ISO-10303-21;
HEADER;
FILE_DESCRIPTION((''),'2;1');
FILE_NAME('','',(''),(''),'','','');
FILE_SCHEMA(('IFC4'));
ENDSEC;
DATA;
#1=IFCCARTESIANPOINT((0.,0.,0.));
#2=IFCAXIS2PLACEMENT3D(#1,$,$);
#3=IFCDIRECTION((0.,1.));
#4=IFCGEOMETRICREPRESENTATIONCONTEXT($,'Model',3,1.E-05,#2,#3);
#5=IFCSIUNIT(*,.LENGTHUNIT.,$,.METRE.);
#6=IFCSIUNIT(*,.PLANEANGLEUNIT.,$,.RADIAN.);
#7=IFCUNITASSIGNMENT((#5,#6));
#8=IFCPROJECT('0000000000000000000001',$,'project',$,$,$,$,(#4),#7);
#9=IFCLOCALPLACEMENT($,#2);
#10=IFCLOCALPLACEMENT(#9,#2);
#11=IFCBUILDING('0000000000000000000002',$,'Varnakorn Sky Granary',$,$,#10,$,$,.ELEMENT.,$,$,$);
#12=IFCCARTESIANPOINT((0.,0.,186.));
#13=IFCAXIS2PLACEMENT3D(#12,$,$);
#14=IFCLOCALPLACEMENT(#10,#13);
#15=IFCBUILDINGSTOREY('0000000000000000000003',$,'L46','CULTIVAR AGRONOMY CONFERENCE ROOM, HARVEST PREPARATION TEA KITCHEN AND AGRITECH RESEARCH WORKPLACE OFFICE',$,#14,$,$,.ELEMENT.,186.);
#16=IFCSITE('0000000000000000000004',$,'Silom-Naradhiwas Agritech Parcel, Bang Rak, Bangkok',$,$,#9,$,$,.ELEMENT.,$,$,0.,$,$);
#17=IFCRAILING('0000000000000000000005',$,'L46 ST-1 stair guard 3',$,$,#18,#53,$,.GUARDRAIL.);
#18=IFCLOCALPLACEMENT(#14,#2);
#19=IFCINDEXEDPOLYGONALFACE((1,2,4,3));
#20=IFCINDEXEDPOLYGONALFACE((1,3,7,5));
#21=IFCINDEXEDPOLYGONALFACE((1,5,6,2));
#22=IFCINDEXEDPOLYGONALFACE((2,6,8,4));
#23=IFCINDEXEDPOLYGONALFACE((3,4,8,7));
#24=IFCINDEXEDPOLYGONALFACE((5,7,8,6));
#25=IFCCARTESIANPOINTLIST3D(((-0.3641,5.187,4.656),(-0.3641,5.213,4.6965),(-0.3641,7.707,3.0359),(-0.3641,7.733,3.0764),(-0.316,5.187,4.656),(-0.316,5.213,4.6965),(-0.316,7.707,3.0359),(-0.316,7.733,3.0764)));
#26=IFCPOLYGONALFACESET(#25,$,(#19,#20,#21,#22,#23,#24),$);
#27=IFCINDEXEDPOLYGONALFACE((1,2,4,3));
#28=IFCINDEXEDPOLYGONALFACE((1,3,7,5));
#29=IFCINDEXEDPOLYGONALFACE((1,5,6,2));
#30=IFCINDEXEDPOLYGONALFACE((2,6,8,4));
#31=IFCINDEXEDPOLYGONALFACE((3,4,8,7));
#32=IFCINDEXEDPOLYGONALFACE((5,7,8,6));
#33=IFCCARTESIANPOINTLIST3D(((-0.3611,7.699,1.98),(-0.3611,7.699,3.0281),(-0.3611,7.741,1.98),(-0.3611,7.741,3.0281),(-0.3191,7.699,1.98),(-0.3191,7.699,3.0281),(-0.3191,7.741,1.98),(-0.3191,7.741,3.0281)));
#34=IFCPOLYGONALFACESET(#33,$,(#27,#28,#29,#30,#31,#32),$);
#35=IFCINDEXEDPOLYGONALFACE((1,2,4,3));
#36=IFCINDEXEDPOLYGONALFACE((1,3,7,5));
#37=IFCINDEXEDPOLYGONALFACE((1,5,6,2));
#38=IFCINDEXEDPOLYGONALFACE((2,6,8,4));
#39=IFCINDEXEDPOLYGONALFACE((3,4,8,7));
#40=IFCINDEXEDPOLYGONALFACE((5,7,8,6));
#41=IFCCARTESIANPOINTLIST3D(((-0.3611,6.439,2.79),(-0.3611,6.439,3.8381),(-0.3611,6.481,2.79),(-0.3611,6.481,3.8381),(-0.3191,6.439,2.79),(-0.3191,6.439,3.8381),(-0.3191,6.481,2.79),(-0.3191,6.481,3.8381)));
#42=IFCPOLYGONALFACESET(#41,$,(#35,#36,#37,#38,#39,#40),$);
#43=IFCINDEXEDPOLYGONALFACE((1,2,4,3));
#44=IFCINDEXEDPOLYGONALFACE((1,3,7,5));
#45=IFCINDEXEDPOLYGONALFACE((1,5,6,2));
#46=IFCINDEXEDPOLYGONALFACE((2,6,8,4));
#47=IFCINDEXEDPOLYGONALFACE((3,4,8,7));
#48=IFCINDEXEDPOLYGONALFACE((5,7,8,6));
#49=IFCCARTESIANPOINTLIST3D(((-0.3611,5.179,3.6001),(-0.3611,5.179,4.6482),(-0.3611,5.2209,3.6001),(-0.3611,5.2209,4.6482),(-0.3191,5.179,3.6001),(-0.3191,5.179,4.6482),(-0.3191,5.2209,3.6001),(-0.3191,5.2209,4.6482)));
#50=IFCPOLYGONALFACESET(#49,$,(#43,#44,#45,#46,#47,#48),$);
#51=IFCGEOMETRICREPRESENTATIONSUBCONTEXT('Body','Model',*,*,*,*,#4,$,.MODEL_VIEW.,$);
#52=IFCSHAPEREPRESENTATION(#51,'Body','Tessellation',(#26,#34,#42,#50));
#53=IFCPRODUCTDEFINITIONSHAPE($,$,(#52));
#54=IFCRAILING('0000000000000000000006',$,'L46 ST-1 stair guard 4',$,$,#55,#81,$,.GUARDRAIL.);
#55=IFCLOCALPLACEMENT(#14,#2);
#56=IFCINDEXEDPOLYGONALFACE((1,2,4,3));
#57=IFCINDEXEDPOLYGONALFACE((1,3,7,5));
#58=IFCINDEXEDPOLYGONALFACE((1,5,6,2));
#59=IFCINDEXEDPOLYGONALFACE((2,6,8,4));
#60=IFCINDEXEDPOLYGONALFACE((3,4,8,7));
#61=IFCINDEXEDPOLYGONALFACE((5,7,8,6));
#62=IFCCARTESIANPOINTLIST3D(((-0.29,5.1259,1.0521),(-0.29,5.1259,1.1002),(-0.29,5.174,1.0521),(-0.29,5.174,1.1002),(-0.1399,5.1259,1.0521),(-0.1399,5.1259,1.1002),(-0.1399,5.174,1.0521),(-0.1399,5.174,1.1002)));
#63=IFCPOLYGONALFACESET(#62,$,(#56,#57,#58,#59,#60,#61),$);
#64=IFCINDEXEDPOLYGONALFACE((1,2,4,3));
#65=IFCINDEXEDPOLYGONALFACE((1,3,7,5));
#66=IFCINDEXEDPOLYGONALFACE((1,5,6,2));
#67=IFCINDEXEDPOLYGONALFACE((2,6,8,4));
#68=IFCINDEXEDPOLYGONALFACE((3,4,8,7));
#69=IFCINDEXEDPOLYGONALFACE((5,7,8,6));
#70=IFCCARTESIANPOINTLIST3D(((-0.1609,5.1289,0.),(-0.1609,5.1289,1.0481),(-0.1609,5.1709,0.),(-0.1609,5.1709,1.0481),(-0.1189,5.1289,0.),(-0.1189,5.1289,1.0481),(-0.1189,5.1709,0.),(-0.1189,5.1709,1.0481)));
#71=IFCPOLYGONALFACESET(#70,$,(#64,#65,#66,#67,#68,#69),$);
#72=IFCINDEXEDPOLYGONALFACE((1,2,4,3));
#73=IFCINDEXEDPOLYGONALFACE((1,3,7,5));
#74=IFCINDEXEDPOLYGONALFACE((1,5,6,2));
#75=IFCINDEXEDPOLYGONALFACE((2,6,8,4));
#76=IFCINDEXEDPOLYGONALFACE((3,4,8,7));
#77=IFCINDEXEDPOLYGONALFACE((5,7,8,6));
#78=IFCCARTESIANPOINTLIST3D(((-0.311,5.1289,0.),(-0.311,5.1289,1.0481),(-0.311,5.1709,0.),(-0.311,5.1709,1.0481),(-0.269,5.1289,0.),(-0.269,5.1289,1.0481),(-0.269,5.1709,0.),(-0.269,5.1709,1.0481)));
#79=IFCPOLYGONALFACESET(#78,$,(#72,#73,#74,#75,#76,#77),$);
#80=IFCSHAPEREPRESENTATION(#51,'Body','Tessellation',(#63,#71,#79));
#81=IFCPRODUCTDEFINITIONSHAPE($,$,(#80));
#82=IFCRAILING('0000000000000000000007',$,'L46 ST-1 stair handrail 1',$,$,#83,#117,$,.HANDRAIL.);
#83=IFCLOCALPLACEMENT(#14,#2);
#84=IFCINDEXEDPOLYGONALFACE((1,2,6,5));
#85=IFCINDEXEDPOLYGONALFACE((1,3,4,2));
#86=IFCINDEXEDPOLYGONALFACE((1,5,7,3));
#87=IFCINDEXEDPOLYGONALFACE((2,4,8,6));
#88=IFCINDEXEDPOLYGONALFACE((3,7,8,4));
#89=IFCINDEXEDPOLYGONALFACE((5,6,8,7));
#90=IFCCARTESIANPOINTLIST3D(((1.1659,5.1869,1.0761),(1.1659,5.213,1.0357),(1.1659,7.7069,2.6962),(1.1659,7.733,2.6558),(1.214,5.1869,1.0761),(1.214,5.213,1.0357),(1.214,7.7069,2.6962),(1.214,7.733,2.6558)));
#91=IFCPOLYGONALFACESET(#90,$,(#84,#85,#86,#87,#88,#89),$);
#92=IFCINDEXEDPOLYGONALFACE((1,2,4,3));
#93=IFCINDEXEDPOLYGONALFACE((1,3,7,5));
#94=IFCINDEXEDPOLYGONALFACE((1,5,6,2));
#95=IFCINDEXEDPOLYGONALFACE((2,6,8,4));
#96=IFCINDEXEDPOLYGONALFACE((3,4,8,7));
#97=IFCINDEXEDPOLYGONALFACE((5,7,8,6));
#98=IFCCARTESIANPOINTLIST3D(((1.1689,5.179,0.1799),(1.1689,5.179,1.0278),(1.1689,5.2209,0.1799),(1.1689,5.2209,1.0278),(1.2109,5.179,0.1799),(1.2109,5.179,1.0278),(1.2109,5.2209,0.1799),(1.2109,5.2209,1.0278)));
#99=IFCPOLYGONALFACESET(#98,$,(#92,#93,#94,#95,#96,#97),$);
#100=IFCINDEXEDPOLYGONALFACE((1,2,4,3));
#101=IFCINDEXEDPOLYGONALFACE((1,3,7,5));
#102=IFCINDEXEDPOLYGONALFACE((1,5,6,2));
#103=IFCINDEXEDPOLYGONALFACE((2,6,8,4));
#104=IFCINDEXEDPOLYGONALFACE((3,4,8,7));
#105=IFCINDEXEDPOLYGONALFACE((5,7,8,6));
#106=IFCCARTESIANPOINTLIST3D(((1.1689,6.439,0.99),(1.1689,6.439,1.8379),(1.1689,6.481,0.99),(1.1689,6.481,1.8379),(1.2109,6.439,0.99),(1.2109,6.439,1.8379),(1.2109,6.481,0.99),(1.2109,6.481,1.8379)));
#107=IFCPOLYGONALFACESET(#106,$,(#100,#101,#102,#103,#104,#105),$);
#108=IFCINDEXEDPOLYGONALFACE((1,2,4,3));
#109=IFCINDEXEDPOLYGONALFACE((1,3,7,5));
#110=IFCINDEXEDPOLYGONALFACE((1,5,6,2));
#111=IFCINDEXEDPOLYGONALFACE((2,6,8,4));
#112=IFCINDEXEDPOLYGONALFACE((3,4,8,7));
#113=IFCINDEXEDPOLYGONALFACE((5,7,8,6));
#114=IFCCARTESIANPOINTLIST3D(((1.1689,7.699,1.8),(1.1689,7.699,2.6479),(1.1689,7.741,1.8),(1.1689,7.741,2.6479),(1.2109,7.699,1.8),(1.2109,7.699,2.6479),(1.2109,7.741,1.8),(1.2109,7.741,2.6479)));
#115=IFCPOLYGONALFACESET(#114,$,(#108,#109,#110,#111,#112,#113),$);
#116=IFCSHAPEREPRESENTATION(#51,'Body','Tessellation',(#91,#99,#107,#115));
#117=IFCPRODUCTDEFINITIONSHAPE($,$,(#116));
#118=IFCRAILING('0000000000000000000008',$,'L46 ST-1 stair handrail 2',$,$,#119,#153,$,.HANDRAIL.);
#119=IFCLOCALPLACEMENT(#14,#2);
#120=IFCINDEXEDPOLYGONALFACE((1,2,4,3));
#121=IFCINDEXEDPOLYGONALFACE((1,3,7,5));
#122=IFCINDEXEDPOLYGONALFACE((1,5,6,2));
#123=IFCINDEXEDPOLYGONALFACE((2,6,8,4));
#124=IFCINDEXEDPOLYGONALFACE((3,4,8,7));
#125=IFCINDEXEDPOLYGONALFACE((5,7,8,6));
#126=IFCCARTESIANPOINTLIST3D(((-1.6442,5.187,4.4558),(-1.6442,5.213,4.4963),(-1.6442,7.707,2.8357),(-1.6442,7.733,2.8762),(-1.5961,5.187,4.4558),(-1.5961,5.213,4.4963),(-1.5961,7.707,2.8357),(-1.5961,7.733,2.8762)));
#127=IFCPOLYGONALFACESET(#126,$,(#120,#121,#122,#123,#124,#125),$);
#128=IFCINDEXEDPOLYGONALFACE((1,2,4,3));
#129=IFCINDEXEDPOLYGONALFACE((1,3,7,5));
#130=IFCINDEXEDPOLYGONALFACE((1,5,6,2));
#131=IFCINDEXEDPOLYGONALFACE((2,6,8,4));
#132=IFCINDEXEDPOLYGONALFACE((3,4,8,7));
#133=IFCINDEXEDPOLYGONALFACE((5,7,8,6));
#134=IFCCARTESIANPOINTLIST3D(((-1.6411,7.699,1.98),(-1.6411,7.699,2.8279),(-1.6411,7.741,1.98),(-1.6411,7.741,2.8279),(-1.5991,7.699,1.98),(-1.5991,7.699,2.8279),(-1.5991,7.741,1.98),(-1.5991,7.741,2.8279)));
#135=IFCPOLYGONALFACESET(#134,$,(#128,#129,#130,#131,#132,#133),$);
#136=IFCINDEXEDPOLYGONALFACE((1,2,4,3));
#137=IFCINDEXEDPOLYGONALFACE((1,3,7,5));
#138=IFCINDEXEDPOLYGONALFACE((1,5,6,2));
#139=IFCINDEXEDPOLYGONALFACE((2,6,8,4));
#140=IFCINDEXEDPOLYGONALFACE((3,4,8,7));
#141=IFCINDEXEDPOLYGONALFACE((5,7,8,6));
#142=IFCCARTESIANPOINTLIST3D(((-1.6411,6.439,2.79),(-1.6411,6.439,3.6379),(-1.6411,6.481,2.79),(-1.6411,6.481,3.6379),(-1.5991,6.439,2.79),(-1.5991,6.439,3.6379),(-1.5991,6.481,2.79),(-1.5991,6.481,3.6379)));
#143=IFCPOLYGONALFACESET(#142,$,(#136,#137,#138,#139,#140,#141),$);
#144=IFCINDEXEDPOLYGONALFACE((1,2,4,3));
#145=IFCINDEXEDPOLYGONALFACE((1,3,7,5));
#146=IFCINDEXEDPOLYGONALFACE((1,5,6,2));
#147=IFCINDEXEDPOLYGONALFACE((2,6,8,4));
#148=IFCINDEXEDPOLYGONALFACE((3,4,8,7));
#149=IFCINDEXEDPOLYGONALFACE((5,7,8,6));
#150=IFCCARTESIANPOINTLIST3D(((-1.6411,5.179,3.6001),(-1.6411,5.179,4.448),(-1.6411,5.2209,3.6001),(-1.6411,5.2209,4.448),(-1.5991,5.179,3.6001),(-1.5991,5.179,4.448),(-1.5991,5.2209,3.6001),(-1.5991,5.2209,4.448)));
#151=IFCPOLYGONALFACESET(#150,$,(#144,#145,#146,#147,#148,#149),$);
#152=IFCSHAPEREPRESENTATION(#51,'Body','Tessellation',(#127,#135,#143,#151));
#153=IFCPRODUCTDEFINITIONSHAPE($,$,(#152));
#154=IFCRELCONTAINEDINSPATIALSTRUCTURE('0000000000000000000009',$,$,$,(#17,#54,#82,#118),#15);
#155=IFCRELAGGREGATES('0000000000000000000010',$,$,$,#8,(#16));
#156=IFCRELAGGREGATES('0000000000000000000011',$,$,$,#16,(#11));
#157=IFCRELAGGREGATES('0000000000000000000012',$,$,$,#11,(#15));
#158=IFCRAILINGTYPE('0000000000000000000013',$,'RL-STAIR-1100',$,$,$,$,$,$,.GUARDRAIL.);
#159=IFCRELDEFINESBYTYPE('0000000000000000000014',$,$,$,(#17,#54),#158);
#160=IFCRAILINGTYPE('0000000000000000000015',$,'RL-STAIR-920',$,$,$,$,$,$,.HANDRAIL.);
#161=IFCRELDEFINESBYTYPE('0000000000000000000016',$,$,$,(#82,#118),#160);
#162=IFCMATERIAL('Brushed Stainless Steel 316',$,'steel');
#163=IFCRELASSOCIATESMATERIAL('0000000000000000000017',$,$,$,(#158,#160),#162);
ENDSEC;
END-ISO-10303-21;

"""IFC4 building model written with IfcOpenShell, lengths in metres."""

from ifc_helpers import new_model, si_unit, direction, frame, origin, origin_2d, place, context, subcontext, project, spatial, rectangle, extrude, material, type_object, element, save


model = new_model("IFC4")

# Units and contexts
model_context = context("Model", 3, precision=1e-05, world=origin(), true_north=direction((0.0, 1.0)))
body_context = subcontext(model_context, "Body", "Model", "MODEL_VIEW")
ifc_project = project(units=[si_unit("LENGTHUNIT", "METRE"), si_unit("PLANEANGLEUNIT", "RADIAN")], contexts=[model_context])

# Site, building, storey
site_placement = place(None, origin())
site = spatial("IfcSite", under=ifc_project, at=site_placement, Name="Silom-Naradhiwas Agritech Parcel, Bang Rak, Bangkok", CompositionType="ELEMENT", RefElevation=0.0)
building_placement = place(site_placement, origin())
building = spatial("IfcBuilding", under=site, at=building_placement, Name="Varnakorn Sky Granary", CompositionType="ELEMENT")
storey_placement = place(building_placement, frame((0.0, 0.0, 186.0)))
storey = spatial("IfcBuildingStorey", under=building, at=storey_placement, Name="L46", Description="CULTIVAR AGRONOMY CONFERENCE ROOM, HARVEST PREPARATION TEA KITCHEN AND AGRITECH RESEARCH WORKPLACE OFFICE", CompositionType="ELEMENT", Elevation=186.0)

# Railings
ifc_material_1 = material(Name="Brushed Stainless Steel 316", Category="steel")
railing_type_1 = type_object("IfcRailingType", Name="RL-STAIR-1100", PredefinedType="GUARDRAIL", material=ifc_material_1)
railing_1_placement = place(storey_placement, frame((-0.3401, 7.72, 1.98)))
element("IfcRailing", 1, at=railing_1_placement, inside=storey, type_object=railing_type_1, Name="L46 ST-1 stair guard 3", PredefinedType="GUARDRAIL", context=body_context, shape_type="SweptSolid", body=[
    extrude(rectangle(XDim=0.0481, YDim=0.0481, at=origin_2d()), frame((0.0, 0.0, 1.0762), z_axis=(0.0, -0.841163, 0.540782), x_axis=(1.0, 0.0, 0.0)), (0.0, 0.0, 1.0), 2.9958),
    extrude(rectangle(XDim=0.042, YDim=0.042, at=origin_2d()), origin(), (0.0, 0.0, 1.0), 1.0481),
    extrude(rectangle(XDim=0.042, YDim=0.042, at=origin_2d()), frame((0.0, -1.26, 0.8101)), (0.0, 0.0, 1.0), 1.0481),
    extrude(rectangle(XDim=0.042, YDim=0.042, at=origin_2d()), frame((0.0, -2.52, 1.6201)), (0.0, 0.0, 1.0), 1.0481),
])
railing_2_placement = place(storey_placement, frame((-0.1399, 5.1499, 0.0)))
element("IfcRailing", 2, at=railing_2_placement, inside=storey, type_object=railing_type_1, Name="L46 ST-1 stair guard 4", PredefinedType="GUARDRAIL", context=body_context, shape_type="SweptSolid", body=[
    extrude(rectangle(XDim=0.0481, YDim=0.0481, at=origin_2d()), frame((0.0, 0.0, 1.0762), z_axis=(-1.0, 0.0, 0.0), x_axis=(0.0, -1.0, 0.0)), (0.0, 0.0, 1.0), 0.1501),
    extrude(rectangle(XDim=0.042, YDim=0.042, at=origin_2d()), origin(), (0.0, 0.0, 1.0), 1.0481),
    extrude(rectangle(XDim=0.042, YDim=0.042, at=origin_2d()), frame((-0.1501, 0.0, 0.0)), (0.0, 0.0, 1.0), 1.0481),
])
railing_type_2 = type_object("IfcRailingType", Name="RL-STAIR-920", PredefinedType="HANDRAIL", material=ifc_material_1)
railing_3_placement = place(storey_placement, frame((1.1899, 5.2, 0.1799)))
element("IfcRailing", 3, at=railing_3_placement, inside=storey, type_object=railing_type_2, Name="L46 ST-1 stair handrail 1", PredefinedType="HANDRAIL", context=body_context, shape_type="SweptSolid", body=[
    extrude(rectangle(XDim=0.0481, YDim=0.0481, at=origin_2d()), frame((0.0, 0.0, 0.876), z_axis=(0.0, 0.841163, 0.540782), x_axis=(-1.0, 0.0, 0.0)), (0.0, 0.0, 1.0), 2.9958),
    extrude(rectangle(XDim=0.042, YDim=0.042, at=origin_2d()), origin(), (0.0, 0.0, 1.0), 0.8479),
    extrude(rectangle(XDim=0.042, YDim=0.042, at=origin_2d()), frame((0.0, 1.26, 0.8101)), (0.0, 0.0, 1.0), 0.8479),
    extrude(rectangle(XDim=0.042, YDim=0.042, at=origin_2d()), frame((0.0, 2.52, 1.6201)), (0.0, 0.0, 1.0), 0.8479),
])
railing_4_placement = place(storey_placement, frame((-1.6201, 7.72, 1.98)))
element("IfcRailing", 4, at=railing_4_placement, inside=storey, type_object=railing_type_2, Name="L46 ST-1 stair handrail 2", PredefinedType="HANDRAIL", context=body_context, shape_type="SweptSolid", body=[
    extrude(rectangle(XDim=0.0481, YDim=0.0481, at=origin_2d()), frame((0.0, 0.0, 0.876), z_axis=(0.0, -0.841163, 0.540782), x_axis=(1.0, 0.0, 0.0)), (0.0, 0.0, 1.0), 2.9958),
    extrude(rectangle(XDim=0.042, YDim=0.042, at=origin_2d()), origin(), (0.0, 0.0, 1.0), 0.8479),
    extrude(rectangle(XDim=0.042, YDim=0.042, at=origin_2d()), frame((0.0, -1.26, 0.8101)), (0.0, 0.0, 1.0), 0.8479),
    extrude(rectangle(XDim=0.042, YDim=0.042, at=origin_2d()), frame((0.0, -2.52, 1.6201)), (0.0, 0.0, 1.0), 0.8479),
])

save(model, "model.ifc")
